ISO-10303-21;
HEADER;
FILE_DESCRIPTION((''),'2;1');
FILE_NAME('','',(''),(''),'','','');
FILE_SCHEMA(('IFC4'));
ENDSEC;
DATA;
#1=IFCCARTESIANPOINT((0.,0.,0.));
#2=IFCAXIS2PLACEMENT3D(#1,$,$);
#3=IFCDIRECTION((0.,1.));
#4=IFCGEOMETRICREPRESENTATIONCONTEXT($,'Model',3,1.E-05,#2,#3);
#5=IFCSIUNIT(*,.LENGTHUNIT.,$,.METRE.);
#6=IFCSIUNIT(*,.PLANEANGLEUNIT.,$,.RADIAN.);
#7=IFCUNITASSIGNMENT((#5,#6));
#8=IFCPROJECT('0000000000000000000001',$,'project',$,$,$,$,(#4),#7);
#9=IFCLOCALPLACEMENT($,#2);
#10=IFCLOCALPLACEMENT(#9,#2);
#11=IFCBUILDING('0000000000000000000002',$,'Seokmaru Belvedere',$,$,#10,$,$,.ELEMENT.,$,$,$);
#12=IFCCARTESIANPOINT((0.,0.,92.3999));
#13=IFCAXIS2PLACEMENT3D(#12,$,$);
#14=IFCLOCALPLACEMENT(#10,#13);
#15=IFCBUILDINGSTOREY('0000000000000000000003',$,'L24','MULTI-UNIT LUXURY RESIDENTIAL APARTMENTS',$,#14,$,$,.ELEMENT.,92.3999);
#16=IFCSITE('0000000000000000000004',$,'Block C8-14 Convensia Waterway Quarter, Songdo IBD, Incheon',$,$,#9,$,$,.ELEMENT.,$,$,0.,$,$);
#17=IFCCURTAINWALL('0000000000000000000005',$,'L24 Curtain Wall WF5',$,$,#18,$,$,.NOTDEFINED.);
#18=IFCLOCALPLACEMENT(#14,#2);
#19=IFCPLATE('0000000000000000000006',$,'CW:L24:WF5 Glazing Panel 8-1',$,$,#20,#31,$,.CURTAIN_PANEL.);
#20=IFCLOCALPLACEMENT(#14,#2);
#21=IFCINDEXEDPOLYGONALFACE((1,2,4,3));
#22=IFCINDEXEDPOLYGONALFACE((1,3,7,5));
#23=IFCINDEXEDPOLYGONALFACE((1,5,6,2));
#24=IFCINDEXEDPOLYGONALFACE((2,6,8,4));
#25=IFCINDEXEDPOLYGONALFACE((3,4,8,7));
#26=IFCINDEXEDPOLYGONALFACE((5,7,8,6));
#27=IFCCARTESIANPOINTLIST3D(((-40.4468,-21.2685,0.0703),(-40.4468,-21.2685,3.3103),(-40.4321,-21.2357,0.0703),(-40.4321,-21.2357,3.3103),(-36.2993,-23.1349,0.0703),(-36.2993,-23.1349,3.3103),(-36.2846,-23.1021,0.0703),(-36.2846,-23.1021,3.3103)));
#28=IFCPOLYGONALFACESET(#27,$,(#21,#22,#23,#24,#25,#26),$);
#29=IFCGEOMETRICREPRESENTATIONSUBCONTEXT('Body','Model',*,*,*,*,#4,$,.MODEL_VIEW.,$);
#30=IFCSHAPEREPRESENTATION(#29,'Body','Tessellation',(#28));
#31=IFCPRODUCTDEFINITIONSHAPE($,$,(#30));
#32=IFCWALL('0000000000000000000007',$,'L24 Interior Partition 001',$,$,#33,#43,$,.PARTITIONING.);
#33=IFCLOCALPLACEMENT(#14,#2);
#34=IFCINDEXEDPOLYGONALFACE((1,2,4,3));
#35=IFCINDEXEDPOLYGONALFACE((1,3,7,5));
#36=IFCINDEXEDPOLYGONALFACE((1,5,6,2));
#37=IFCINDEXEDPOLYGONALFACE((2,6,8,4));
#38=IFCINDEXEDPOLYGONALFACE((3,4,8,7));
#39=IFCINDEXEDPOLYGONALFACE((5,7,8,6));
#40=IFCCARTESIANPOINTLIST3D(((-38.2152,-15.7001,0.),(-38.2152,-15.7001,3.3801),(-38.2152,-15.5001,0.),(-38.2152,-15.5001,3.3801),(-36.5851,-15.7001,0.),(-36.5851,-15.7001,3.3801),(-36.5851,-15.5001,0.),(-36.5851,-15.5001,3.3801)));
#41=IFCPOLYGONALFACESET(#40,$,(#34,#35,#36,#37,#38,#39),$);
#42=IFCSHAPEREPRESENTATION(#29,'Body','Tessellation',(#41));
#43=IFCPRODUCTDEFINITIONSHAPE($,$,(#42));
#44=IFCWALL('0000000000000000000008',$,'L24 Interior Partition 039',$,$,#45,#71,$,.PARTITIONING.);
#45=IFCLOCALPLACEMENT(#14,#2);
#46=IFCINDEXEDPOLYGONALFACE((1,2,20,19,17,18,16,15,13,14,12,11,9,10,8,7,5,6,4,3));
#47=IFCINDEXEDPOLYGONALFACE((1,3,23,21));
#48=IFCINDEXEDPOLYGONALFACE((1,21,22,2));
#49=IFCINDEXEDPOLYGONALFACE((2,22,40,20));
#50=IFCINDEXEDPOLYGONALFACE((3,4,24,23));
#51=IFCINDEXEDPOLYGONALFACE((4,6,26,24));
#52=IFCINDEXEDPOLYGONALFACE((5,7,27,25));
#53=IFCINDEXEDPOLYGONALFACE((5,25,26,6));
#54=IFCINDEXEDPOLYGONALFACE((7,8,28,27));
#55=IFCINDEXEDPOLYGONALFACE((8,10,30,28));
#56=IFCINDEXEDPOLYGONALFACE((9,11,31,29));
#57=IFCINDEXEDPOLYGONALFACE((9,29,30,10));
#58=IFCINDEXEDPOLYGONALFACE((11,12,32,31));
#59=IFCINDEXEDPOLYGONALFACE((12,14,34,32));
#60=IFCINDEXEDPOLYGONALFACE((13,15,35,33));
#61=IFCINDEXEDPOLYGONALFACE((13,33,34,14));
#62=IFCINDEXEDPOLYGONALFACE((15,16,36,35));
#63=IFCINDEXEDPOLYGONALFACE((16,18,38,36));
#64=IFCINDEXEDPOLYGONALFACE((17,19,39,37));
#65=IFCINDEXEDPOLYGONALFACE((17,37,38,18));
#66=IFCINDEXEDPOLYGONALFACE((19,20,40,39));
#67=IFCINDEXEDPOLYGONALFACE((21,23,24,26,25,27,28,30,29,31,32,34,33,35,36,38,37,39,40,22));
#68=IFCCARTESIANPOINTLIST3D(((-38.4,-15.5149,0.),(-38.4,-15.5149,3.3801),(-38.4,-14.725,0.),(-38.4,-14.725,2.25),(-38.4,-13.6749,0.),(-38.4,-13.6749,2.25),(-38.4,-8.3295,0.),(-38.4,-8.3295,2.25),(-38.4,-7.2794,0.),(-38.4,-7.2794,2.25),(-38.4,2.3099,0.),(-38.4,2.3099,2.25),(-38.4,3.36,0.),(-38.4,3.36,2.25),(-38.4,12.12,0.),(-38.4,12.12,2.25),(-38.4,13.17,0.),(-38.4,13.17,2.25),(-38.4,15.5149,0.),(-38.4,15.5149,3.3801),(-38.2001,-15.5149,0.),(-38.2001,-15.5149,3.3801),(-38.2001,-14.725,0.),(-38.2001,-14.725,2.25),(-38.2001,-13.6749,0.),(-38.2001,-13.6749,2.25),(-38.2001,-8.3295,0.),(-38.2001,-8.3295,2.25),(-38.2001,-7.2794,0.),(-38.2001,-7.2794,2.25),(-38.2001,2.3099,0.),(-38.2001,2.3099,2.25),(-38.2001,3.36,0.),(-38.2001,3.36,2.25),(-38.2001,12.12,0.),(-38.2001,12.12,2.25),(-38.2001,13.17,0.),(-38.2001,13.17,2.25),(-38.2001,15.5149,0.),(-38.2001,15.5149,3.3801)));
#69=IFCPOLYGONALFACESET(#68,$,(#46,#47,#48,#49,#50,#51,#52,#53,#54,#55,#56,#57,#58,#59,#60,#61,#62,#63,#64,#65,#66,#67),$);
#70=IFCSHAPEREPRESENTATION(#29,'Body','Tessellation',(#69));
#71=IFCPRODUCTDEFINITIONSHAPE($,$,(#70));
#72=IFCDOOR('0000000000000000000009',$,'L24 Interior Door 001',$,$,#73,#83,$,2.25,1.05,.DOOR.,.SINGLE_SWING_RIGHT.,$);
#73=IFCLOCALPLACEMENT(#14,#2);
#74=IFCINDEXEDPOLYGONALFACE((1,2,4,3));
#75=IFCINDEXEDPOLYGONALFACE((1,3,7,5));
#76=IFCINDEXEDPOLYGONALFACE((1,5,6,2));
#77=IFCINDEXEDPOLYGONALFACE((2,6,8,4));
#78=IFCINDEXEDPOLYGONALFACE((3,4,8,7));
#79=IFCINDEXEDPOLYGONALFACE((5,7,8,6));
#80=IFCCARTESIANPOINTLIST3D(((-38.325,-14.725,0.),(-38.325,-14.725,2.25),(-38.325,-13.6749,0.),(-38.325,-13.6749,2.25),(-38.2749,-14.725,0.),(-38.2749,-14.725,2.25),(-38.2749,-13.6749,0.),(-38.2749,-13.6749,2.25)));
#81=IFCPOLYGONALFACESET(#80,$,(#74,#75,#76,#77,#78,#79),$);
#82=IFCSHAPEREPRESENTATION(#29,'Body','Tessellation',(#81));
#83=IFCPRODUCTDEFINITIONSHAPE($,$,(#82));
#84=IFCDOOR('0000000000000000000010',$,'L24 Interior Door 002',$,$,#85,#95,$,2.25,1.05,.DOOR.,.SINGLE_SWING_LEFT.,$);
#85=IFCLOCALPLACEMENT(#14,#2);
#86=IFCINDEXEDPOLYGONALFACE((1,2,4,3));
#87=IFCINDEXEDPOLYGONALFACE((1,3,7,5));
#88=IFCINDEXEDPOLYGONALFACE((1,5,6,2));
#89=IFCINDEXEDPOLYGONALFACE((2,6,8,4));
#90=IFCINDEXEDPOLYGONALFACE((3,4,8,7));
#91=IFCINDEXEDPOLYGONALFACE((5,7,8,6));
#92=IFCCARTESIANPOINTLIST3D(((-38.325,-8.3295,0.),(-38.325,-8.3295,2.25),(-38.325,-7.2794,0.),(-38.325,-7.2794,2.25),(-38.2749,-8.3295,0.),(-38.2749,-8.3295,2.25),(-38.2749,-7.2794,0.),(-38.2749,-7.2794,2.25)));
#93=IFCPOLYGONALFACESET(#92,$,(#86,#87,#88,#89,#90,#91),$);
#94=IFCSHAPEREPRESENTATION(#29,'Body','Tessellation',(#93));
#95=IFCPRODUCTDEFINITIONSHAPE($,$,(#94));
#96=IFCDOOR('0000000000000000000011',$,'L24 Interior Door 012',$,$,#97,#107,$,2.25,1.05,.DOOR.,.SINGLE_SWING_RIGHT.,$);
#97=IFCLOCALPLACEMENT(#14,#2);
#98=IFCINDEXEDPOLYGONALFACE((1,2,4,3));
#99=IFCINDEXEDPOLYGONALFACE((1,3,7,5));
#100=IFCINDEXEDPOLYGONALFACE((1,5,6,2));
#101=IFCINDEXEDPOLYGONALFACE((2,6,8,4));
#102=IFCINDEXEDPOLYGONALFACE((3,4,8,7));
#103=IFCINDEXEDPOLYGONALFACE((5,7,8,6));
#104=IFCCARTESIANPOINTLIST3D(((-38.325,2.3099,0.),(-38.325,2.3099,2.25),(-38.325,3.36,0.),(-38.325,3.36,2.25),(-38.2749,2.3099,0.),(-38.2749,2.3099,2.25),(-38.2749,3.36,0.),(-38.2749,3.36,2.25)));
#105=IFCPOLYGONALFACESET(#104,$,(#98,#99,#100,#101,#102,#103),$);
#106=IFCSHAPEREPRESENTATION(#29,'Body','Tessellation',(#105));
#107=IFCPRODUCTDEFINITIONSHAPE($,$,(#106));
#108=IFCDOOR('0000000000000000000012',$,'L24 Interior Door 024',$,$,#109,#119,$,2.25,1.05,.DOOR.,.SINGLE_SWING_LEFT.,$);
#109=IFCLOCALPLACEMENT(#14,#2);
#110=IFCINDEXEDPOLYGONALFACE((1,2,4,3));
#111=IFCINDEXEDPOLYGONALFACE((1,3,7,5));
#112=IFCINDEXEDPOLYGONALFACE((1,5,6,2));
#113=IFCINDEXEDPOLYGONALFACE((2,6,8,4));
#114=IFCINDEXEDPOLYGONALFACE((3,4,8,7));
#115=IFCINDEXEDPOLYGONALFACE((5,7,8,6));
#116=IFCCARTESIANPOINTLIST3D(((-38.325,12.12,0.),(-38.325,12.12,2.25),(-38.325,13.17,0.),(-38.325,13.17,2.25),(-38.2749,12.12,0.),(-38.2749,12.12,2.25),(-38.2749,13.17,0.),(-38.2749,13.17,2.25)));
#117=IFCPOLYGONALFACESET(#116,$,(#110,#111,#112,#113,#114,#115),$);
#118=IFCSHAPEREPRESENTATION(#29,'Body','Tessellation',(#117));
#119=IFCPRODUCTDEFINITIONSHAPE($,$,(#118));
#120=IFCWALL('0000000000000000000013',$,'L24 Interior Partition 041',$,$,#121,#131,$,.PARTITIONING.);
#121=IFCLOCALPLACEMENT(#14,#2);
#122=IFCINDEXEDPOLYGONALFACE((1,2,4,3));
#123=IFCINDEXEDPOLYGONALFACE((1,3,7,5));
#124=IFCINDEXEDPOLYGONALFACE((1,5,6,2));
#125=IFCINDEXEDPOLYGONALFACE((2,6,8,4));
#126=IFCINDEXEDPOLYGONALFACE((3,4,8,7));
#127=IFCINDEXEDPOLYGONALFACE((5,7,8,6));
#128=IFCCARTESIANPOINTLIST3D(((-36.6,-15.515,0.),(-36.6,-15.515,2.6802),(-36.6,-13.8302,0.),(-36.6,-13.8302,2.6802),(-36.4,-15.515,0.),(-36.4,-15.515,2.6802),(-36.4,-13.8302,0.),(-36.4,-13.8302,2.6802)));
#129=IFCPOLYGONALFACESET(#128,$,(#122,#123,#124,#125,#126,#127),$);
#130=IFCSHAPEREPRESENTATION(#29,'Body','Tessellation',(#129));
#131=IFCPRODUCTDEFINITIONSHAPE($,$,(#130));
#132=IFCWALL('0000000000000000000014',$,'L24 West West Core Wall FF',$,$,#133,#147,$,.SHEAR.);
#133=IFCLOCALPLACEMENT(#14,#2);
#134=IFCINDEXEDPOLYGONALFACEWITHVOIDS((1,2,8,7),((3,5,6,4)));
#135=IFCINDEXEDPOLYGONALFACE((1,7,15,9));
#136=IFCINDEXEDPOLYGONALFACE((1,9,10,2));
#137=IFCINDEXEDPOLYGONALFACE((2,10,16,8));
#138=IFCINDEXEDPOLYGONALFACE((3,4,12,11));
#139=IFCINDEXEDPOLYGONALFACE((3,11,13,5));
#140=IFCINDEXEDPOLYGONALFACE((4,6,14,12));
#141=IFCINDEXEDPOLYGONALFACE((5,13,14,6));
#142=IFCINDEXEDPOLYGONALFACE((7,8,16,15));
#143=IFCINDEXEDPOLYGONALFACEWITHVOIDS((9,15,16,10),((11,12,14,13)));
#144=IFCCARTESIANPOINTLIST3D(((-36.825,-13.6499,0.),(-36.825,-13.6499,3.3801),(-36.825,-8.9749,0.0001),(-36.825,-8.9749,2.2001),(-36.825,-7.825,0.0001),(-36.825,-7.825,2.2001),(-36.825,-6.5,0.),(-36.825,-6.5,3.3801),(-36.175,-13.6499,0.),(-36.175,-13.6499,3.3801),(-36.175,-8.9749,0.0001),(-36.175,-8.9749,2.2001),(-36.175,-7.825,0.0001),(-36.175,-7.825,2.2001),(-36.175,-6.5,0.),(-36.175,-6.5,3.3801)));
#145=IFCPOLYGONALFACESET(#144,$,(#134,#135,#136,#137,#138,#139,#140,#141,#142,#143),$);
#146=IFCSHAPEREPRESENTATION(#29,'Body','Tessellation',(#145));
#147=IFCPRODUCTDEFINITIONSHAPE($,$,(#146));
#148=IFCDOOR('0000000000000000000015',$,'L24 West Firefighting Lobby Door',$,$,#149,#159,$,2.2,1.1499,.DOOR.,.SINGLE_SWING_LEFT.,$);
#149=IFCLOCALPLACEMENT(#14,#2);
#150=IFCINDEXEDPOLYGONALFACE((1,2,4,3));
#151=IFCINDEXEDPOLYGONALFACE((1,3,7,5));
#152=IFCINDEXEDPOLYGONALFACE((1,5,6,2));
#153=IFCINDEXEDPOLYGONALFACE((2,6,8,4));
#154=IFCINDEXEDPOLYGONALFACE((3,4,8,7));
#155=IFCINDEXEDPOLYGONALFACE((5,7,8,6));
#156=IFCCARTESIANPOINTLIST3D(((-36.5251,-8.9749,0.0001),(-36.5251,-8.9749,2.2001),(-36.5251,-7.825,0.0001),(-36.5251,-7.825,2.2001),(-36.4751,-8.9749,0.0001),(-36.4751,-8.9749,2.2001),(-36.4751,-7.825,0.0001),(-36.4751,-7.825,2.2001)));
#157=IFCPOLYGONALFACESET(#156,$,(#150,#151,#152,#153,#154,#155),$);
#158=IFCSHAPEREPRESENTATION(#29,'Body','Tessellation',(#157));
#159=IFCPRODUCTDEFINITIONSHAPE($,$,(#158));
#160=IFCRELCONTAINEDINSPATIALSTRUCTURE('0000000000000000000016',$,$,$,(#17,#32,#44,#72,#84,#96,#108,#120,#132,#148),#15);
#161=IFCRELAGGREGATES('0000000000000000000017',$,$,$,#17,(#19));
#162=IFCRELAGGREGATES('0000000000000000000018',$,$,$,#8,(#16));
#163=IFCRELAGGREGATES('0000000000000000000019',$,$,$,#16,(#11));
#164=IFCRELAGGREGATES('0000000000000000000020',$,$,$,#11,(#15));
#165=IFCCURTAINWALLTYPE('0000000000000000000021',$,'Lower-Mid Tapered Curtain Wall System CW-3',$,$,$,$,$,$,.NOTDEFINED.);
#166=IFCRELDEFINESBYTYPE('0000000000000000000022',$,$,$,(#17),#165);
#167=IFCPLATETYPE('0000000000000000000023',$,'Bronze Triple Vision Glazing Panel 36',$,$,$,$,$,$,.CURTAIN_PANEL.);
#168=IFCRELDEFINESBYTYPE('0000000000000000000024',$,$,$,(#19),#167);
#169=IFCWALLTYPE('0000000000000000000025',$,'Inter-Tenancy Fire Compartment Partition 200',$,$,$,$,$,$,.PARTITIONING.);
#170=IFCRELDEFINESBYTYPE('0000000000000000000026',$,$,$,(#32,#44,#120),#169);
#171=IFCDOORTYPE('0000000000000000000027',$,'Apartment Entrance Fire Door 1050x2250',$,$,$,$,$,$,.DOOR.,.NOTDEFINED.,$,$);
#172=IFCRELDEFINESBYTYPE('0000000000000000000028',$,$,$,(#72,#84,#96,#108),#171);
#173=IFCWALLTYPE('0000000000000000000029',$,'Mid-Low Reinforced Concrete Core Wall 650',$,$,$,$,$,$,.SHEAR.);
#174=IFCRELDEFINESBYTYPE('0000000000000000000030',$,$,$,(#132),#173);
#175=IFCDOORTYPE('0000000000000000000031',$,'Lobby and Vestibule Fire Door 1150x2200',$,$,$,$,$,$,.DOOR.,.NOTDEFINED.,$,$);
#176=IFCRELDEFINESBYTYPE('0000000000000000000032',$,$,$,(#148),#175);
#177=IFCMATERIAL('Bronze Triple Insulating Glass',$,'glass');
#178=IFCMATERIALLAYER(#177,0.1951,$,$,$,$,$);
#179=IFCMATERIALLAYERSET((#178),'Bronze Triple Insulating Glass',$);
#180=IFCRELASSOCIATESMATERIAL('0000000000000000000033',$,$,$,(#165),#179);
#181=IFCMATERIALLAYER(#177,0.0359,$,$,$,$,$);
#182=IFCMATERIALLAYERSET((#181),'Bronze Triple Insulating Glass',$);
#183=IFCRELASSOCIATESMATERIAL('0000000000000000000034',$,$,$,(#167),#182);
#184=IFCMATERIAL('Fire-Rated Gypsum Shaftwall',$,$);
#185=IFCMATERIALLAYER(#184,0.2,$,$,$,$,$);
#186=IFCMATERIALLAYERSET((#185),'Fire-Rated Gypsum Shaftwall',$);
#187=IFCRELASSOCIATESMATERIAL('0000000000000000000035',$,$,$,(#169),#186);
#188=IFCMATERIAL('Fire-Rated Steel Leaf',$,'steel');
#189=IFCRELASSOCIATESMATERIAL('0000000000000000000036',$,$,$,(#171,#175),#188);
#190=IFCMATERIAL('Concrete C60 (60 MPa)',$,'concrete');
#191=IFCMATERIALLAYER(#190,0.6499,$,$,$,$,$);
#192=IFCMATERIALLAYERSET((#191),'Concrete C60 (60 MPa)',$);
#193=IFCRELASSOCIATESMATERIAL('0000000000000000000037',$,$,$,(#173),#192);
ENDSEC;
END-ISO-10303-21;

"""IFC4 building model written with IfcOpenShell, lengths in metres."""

from ifc_helpers import new_model, si_unit, direction, frame, frame_2d, origin, origin_2d, place, context, subcontext, project, spatial, rectangle, extrude, source, transform, mapped, material, layer, layer_set, type_object, type_shapes, element, fill, aggregate, save


model = new_model("IFC4")

# Units and contexts
model_context = context("Model", 3, precision=1e-05, world=origin(), true_north=direction((0.0, 1.0)))
body_context = subcontext(model_context, "Body", "Model", "MODEL_VIEW")
ifc_project = project(units=[si_unit("LENGTHUNIT", "METRE"), si_unit("PLANEANGLEUNIT", "RADIAN")], contexts=[model_context])

# Site, building, storey
site_placement = place(None, origin())
site = spatial("IfcSite", under=ifc_project, at=site_placement, Name="Block C8-14 Convensia Waterway Quarter, Songdo IBD, Incheon", CompositionType="ELEMENT", RefElevation=0.0)
building_placement = place(site_placement, origin())
building = spatial("IfcBuilding", under=site, at=building_placement, Name="Seokmaru Belvedere", CompositionType="ELEMENT")
storey_placement = place(building_placement, frame((0.0, 0.0, 92.3999)))
storey = spatial("IfcBuildingStorey", under=building, at=storey_placement, Name="L24", Description="MULTI-UNIT LUXURY RESIDENTIAL APARTMENTS", CompositionType="ELEMENT", Elevation=92.3999)

# Curtain wall, plate
ifc_material_1 = material(Name="Bronze Triple Insulating Glass", Category="glass")
ifc_layer_1 = layer(ifc_material_1, 0.1951)
ifc_layer_set_1 = layer_set([ifc_layer_1], Name="Bronze Triple Insulating Glass")
curtain_wall_type = type_object("IfcCurtainWallType", Name="Lower-Mid Tapered Curtain Wall System CW-3", PredefinedType="NOTDEFINED", material=ifc_layer_set_1)
curtain_wall_placement = place(storey_placement, origin())
curtain_wall = element("IfcCurtainWall", 1, at=curtain_wall_placement, inside=storey, type_object=curtain_wall_type, Name="L24 Curtain Wall WF5", PredefinedType="NOTDEFINED")
ifc_layer_2 = layer(ifc_material_1, 0.0359)
ifc_layer_set_2 = layer_set([ifc_layer_2], Name="Bronze Triple Insulating Glass")
plate_type = type_object("IfcPlateType", Name="Bronze Triple Vision Glazing Panel 36", PredefinedType="CURTAIN_PANEL", material=ifc_layer_set_2)
shared_shape_1 = source(origin(), body_context, "Body", "SweptSolid", [
    extrude(rectangle(XDim=4.5481, YDim=0.0359, at=origin_2d()), origin(), (0.0, 0.0, 1.0), 3.24),
])
plate_1_placement = place(storey_placement, frame((-38.3657, -22.1853, 0.0703), z_axis=(0.0, 0.0, 1.0), x_axis=(0.911921, -0.410366, 0.0)))
plate_1 = element("IfcPlate", 2, at=plate_1_placement, type_object=plate_type, Name="CW:L24:WF5 Glazing Panel 8-1", PredefinedType="CURTAIN_PANEL", context=body_context, shape_type="MappedRepresentation", body=[
    mapped(shared_shape_1, transform((0.0, 0.0, 0.0), scale=1.0)),
])
aggregate(curtain_wall, [plate_1])

# Wall
ifc_material_2 = material(Name="Fire-Rated Gypsum Shaftwall")
ifc_layer_3 = layer(ifc_material_2, 0.2)
ifc_layer_set_3 = layer_set([ifc_layer_3], Name="Fire-Rated Gypsum Shaftwall")
wall_type_1 = type_object("IfcWallType", Name="Inter-Tenancy Fire Compartment Partition 200", PredefinedType="PARTITIONING", material=ifc_layer_set_3)
wall_1_placement = place(storey_placement, frame((-38.2151, -15.6001, 0.0), z_axis=(0.0, 0.0, 1.0), x_axis=(1.0, 0.0, 0.0)))
element("IfcWall", 3, at=wall_1_placement, inside=storey, type_object=wall_type_1, Name="L24 Interior Partition 001", PredefinedType="PARTITIONING", context=body_context, shape_type="SweptSolid", body=[
    extrude(rectangle(XDim=1.6301, YDim=0.2, at=frame_2d((0.8149, 0.0))), origin(), (0.0, 0.0, 1.0), 3.3801),
])

# Wall, openings, doors
wall_2_placement = place(storey_placement, frame((-38.3, -15.5149, 0.0), z_axis=(0.0, 0.0, 1.0), x_axis=(0.0, 1.0, 0.0)))
wall_2 = element("IfcWall", 4, at=wall_2_placement, inside=storey, type_object=wall_type_1, Name="L24 Interior Partition 039", PredefinedType="PARTITIONING", context=body_context, shape_type="SweptSolid", body=[
    extrude(rectangle(XDim=31.0298, YDim=0.2, at=frame_2d((15.5149, 0.0))), origin(), (0.0, 0.0, 1.0), 3.3801),
])
opening_1_placement = place(wall_2_placement, frame((0.79, 0.0, 0.0)))
opening_1 = element("IfcOpeningElement", 5, at=opening_1_placement, cuts=wall_2, PredefinedType="OPENING", context=body_context, shape_type="SweptSolid", body=[
    extrude(rectangle(XDim=1.05, YDim=2.25, at=frame_2d((0.5249, 1.125))), frame((0.0, 0.1099, 0.0), z_axis=(0.0, -1.0, 0.0), x_axis=(1.0, 0.0, 0.0)), (0.0, 0.0, 1.0), 0.22),
])
opening_2_placement = place(wall_2_placement, frame((7.1855, 0.0, 0.0)))
opening_2 = element("IfcOpeningElement", 6, at=opening_2_placement, cuts=wall_2, PredefinedType="OPENING", context=body_context, shape_type="SweptSolid", body=[
    extrude(rectangle(XDim=1.05, YDim=2.25, at=frame_2d((0.5249, 1.125))), frame((0.0, 0.1099, 0.0), z_axis=(0.0, -1.0, 0.0), x_axis=(1.0, 0.0, 0.0)), (0.0, 0.0, 1.0), 0.22),
])
opening_3_placement = place(wall_2_placement, frame((17.825, 0.0, 0.0)))
opening_3 = element("IfcOpeningElement", 7, at=opening_3_placement, cuts=wall_2, PredefinedType="OPENING", context=body_context, shape_type="SweptSolid", body=[
    extrude(rectangle(XDim=1.05, YDim=2.25, at=frame_2d((0.5249, 1.125))), frame((0.0, 0.1099, 0.0), z_axis=(0.0, -1.0, 0.0), x_axis=(1.0, 0.0, 0.0)), (0.0, 0.0, 1.0), 0.22),
])
opening_4_placement = place(wall_2_placement, frame((27.635, 0.0, 0.0)))
opening_4 = element("IfcOpeningElement", 8, at=opening_4_placement, cuts=wall_2, PredefinedType="OPENING", context=body_context, shape_type="SweptSolid", body=[
    extrude(rectangle(XDim=1.05, YDim=2.25, at=frame_2d((0.5249, 1.125))), frame((0.0, 0.1099, 0.0), z_axis=(0.0, -1.0, 0.0), x_axis=(1.0, 0.0, 0.0)), (0.0, 0.0, 1.0), 0.22),
])
ifc_material_3 = material(Name="Fire-Rated Steel Leaf", Category="steel")
door_type_1 = type_object("IfcDoorType", Name="Apartment Entrance Fire Door 1050x2250", OperationType="NOTDEFINED", PredefinedType="DOOR", material=ifc_material_3)
shared_shape_2 = source(origin(), body_context, "Body", "SweptSolid", [
    extrude(rectangle(XDim=1.05, YDim=2.25, at=frame_2d((0.5249, 1.125))), frame((0.0, 0.0249, 0.0), z_axis=(0.0, -1.0, 0.0), x_axis=(1.0, 0.0, 0.0)), (0.0, 0.0, 1.0), 0.05),
])
type_shapes(door_type_1, [shared_shape_2])
door_1_placement = place(opening_1_placement, origin())
door_1 = element("IfcDoor", 9, at=door_1_placement, inside=storey, type_object=door_type_1, Name="L24 Interior Door 001", OperationType="SINGLE_SWING_RIGHT", OverallHeight=2.25, OverallWidth=1.05, PredefinedType="DOOR", context=body_context, shape_type="MappedRepresentation", body=[
    mapped(shared_shape_2, transform((0.0, 0.0, 0.0), scale=1.0)),
])
fill(opening_1, door_1)
door_2_placement = place(opening_2_placement, origin())
door_2 = element("IfcDoor", 10, at=door_2_placement, inside=storey, type_object=door_type_1, Name="L24 Interior Door 002", OperationType="SINGLE_SWING_LEFT", OverallHeight=2.25, OverallWidth=1.05, PredefinedType="DOOR", context=body_context, shape_type="MappedRepresentation", body=[
    mapped(shared_shape_2, transform((0.0, 0.0, 0.0), scale=1.0)),
])
fill(opening_2, door_2)
door_3_placement = place(opening_3_placement, origin())
door_3 = element("IfcDoor", 11, at=door_3_placement, inside=storey, type_object=door_type_1, Name="L24 Interior Door 012", OperationType="SINGLE_SWING_RIGHT", OverallHeight=2.25, OverallWidth=1.05, PredefinedType="DOOR", context=body_context, shape_type="MappedRepresentation", body=[
    mapped(shared_shape_2, transform((0.0, 0.0, 0.0), scale=1.0)),
])
fill(opening_3, door_3)
door_4_placement = place(opening_4_placement, origin())
door_4 = element("IfcDoor", 12, at=door_4_placement, inside=storey, type_object=door_type_1, Name="L24 Interior Door 024", OperationType="SINGLE_SWING_LEFT", OverallHeight=2.25, OverallWidth=1.05, PredefinedType="DOOR", context=body_context, shape_type="MappedRepresentation", body=[
    mapped(shared_shape_2, transform((0.0, 0.0, 0.0), scale=1.0)),
])
fill(opening_4, door_4)

# Wall
wall_3_placement = place(storey_placement, frame((-36.5, -15.5149, 0.0), z_axis=(0.0, 0.0, 1.0), x_axis=(0.0, 1.0, 0.0)))
element("IfcWall", 13, at=wall_3_placement, inside=storey, type_object=wall_type_1, Name="L24 Interior Partition 041", PredefinedType="PARTITIONING", context=body_context, shape_type="SweptSolid", body=[
    extrude(rectangle(XDim=1.6848, YDim=0.2, at=frame_2d((0.8423, 0.0))), origin(), (0.0, 0.0, 1.0), 2.6802),
])

# Wall, opening, door
ifc_material_4 = material(Name="Concrete C60 (60 MPa)", Category="concrete")
ifc_layer_4 = layer(ifc_material_4, 0.6499)
ifc_layer_set_4 = layer_set([ifc_layer_4], Name="Concrete C60 (60 MPa)")
wall_type_2 = type_object("IfcWallType", Name="Mid-Low Reinforced Concrete Core Wall 650", PredefinedType="SHEAR", material=ifc_layer_set_4)
wall_4_placement = place(storey_placement, frame((-36.5, -13.6499, 0.0), z_axis=(0.0, 0.0, 1.0), x_axis=(0.0, 1.0, 0.0)))
wall_4 = element("IfcWall", 14, at=wall_4_placement, inside=storey, type_object=wall_type_2, Name="L24 West West Core Wall FF", PredefinedType="SHEAR", context=body_context, shape_type="SweptSolid", body=[
    extrude(rectangle(XDim=7.1499, YDim=0.6499, at=frame_2d((3.575, 0.0))), origin(), (0.0, 0.0, 1.0), 3.3801),
])
opening_5_placement = place(wall_4_placement, frame((4.675, 0.0, 0.0)))
opening_5 = element("IfcOpeningElement", 15, at=opening_5_placement, cuts=wall_4, PredefinedType="OPENING", context=body_context, shape_type="SweptSolid", body=[
    extrude(rectangle(XDim=1.1499, YDim=2.2, at=frame_2d((0.575, 1.1001))), frame((0.0, 0.335, 0.0), z_axis=(0.0, -1.0, 0.0), x_axis=(1.0, 0.0, 0.0)), (0.0, 0.0, 1.0), 0.6699),
])
door_type_2 = type_object("IfcDoorType", Name="Lobby and Vestibule Fire Door 1150x2200", OperationType="NOTDEFINED", PredefinedType="DOOR", material=ifc_material_3)
shared_shape_3 = source(origin(), body_context, "Body", "SweptSolid", [
    extrude(rectangle(XDim=1.1499, YDim=2.2, at=frame_2d((0.575, 1.1001))), frame((0.0, 0.0249, 0.0), z_axis=(0.0, -1.0, 0.0), x_axis=(1.0, 0.0, 0.0)), (0.0, 0.0, 1.0), 0.05),
])
type_shapes(door_type_2, [shared_shape_3])
door_5_placement = place(opening_5_placement, frame((1.1499, 0.0, 0.0), z_axis=(0.0, 0.0, 1.0), x_axis=(-1.0, 0.0, 0.0)))
door_5 = element("IfcDoor", 16, at=door_5_placement, inside=storey, type_object=door_type_2, Name="L24 West Firefighting Lobby Door", OperationType="SINGLE_SWING_LEFT", OverallHeight=2.2, OverallWidth=1.1499, PredefinedType="DOOR", context=body_context, shape_type="MappedRepresentation", body=[
    mapped(shared_shape_3, transform((0.0, 0.0, 0.0), scale=1.0)),
])
fill(opening_5, door_5)

save(model, "model.ifc")
